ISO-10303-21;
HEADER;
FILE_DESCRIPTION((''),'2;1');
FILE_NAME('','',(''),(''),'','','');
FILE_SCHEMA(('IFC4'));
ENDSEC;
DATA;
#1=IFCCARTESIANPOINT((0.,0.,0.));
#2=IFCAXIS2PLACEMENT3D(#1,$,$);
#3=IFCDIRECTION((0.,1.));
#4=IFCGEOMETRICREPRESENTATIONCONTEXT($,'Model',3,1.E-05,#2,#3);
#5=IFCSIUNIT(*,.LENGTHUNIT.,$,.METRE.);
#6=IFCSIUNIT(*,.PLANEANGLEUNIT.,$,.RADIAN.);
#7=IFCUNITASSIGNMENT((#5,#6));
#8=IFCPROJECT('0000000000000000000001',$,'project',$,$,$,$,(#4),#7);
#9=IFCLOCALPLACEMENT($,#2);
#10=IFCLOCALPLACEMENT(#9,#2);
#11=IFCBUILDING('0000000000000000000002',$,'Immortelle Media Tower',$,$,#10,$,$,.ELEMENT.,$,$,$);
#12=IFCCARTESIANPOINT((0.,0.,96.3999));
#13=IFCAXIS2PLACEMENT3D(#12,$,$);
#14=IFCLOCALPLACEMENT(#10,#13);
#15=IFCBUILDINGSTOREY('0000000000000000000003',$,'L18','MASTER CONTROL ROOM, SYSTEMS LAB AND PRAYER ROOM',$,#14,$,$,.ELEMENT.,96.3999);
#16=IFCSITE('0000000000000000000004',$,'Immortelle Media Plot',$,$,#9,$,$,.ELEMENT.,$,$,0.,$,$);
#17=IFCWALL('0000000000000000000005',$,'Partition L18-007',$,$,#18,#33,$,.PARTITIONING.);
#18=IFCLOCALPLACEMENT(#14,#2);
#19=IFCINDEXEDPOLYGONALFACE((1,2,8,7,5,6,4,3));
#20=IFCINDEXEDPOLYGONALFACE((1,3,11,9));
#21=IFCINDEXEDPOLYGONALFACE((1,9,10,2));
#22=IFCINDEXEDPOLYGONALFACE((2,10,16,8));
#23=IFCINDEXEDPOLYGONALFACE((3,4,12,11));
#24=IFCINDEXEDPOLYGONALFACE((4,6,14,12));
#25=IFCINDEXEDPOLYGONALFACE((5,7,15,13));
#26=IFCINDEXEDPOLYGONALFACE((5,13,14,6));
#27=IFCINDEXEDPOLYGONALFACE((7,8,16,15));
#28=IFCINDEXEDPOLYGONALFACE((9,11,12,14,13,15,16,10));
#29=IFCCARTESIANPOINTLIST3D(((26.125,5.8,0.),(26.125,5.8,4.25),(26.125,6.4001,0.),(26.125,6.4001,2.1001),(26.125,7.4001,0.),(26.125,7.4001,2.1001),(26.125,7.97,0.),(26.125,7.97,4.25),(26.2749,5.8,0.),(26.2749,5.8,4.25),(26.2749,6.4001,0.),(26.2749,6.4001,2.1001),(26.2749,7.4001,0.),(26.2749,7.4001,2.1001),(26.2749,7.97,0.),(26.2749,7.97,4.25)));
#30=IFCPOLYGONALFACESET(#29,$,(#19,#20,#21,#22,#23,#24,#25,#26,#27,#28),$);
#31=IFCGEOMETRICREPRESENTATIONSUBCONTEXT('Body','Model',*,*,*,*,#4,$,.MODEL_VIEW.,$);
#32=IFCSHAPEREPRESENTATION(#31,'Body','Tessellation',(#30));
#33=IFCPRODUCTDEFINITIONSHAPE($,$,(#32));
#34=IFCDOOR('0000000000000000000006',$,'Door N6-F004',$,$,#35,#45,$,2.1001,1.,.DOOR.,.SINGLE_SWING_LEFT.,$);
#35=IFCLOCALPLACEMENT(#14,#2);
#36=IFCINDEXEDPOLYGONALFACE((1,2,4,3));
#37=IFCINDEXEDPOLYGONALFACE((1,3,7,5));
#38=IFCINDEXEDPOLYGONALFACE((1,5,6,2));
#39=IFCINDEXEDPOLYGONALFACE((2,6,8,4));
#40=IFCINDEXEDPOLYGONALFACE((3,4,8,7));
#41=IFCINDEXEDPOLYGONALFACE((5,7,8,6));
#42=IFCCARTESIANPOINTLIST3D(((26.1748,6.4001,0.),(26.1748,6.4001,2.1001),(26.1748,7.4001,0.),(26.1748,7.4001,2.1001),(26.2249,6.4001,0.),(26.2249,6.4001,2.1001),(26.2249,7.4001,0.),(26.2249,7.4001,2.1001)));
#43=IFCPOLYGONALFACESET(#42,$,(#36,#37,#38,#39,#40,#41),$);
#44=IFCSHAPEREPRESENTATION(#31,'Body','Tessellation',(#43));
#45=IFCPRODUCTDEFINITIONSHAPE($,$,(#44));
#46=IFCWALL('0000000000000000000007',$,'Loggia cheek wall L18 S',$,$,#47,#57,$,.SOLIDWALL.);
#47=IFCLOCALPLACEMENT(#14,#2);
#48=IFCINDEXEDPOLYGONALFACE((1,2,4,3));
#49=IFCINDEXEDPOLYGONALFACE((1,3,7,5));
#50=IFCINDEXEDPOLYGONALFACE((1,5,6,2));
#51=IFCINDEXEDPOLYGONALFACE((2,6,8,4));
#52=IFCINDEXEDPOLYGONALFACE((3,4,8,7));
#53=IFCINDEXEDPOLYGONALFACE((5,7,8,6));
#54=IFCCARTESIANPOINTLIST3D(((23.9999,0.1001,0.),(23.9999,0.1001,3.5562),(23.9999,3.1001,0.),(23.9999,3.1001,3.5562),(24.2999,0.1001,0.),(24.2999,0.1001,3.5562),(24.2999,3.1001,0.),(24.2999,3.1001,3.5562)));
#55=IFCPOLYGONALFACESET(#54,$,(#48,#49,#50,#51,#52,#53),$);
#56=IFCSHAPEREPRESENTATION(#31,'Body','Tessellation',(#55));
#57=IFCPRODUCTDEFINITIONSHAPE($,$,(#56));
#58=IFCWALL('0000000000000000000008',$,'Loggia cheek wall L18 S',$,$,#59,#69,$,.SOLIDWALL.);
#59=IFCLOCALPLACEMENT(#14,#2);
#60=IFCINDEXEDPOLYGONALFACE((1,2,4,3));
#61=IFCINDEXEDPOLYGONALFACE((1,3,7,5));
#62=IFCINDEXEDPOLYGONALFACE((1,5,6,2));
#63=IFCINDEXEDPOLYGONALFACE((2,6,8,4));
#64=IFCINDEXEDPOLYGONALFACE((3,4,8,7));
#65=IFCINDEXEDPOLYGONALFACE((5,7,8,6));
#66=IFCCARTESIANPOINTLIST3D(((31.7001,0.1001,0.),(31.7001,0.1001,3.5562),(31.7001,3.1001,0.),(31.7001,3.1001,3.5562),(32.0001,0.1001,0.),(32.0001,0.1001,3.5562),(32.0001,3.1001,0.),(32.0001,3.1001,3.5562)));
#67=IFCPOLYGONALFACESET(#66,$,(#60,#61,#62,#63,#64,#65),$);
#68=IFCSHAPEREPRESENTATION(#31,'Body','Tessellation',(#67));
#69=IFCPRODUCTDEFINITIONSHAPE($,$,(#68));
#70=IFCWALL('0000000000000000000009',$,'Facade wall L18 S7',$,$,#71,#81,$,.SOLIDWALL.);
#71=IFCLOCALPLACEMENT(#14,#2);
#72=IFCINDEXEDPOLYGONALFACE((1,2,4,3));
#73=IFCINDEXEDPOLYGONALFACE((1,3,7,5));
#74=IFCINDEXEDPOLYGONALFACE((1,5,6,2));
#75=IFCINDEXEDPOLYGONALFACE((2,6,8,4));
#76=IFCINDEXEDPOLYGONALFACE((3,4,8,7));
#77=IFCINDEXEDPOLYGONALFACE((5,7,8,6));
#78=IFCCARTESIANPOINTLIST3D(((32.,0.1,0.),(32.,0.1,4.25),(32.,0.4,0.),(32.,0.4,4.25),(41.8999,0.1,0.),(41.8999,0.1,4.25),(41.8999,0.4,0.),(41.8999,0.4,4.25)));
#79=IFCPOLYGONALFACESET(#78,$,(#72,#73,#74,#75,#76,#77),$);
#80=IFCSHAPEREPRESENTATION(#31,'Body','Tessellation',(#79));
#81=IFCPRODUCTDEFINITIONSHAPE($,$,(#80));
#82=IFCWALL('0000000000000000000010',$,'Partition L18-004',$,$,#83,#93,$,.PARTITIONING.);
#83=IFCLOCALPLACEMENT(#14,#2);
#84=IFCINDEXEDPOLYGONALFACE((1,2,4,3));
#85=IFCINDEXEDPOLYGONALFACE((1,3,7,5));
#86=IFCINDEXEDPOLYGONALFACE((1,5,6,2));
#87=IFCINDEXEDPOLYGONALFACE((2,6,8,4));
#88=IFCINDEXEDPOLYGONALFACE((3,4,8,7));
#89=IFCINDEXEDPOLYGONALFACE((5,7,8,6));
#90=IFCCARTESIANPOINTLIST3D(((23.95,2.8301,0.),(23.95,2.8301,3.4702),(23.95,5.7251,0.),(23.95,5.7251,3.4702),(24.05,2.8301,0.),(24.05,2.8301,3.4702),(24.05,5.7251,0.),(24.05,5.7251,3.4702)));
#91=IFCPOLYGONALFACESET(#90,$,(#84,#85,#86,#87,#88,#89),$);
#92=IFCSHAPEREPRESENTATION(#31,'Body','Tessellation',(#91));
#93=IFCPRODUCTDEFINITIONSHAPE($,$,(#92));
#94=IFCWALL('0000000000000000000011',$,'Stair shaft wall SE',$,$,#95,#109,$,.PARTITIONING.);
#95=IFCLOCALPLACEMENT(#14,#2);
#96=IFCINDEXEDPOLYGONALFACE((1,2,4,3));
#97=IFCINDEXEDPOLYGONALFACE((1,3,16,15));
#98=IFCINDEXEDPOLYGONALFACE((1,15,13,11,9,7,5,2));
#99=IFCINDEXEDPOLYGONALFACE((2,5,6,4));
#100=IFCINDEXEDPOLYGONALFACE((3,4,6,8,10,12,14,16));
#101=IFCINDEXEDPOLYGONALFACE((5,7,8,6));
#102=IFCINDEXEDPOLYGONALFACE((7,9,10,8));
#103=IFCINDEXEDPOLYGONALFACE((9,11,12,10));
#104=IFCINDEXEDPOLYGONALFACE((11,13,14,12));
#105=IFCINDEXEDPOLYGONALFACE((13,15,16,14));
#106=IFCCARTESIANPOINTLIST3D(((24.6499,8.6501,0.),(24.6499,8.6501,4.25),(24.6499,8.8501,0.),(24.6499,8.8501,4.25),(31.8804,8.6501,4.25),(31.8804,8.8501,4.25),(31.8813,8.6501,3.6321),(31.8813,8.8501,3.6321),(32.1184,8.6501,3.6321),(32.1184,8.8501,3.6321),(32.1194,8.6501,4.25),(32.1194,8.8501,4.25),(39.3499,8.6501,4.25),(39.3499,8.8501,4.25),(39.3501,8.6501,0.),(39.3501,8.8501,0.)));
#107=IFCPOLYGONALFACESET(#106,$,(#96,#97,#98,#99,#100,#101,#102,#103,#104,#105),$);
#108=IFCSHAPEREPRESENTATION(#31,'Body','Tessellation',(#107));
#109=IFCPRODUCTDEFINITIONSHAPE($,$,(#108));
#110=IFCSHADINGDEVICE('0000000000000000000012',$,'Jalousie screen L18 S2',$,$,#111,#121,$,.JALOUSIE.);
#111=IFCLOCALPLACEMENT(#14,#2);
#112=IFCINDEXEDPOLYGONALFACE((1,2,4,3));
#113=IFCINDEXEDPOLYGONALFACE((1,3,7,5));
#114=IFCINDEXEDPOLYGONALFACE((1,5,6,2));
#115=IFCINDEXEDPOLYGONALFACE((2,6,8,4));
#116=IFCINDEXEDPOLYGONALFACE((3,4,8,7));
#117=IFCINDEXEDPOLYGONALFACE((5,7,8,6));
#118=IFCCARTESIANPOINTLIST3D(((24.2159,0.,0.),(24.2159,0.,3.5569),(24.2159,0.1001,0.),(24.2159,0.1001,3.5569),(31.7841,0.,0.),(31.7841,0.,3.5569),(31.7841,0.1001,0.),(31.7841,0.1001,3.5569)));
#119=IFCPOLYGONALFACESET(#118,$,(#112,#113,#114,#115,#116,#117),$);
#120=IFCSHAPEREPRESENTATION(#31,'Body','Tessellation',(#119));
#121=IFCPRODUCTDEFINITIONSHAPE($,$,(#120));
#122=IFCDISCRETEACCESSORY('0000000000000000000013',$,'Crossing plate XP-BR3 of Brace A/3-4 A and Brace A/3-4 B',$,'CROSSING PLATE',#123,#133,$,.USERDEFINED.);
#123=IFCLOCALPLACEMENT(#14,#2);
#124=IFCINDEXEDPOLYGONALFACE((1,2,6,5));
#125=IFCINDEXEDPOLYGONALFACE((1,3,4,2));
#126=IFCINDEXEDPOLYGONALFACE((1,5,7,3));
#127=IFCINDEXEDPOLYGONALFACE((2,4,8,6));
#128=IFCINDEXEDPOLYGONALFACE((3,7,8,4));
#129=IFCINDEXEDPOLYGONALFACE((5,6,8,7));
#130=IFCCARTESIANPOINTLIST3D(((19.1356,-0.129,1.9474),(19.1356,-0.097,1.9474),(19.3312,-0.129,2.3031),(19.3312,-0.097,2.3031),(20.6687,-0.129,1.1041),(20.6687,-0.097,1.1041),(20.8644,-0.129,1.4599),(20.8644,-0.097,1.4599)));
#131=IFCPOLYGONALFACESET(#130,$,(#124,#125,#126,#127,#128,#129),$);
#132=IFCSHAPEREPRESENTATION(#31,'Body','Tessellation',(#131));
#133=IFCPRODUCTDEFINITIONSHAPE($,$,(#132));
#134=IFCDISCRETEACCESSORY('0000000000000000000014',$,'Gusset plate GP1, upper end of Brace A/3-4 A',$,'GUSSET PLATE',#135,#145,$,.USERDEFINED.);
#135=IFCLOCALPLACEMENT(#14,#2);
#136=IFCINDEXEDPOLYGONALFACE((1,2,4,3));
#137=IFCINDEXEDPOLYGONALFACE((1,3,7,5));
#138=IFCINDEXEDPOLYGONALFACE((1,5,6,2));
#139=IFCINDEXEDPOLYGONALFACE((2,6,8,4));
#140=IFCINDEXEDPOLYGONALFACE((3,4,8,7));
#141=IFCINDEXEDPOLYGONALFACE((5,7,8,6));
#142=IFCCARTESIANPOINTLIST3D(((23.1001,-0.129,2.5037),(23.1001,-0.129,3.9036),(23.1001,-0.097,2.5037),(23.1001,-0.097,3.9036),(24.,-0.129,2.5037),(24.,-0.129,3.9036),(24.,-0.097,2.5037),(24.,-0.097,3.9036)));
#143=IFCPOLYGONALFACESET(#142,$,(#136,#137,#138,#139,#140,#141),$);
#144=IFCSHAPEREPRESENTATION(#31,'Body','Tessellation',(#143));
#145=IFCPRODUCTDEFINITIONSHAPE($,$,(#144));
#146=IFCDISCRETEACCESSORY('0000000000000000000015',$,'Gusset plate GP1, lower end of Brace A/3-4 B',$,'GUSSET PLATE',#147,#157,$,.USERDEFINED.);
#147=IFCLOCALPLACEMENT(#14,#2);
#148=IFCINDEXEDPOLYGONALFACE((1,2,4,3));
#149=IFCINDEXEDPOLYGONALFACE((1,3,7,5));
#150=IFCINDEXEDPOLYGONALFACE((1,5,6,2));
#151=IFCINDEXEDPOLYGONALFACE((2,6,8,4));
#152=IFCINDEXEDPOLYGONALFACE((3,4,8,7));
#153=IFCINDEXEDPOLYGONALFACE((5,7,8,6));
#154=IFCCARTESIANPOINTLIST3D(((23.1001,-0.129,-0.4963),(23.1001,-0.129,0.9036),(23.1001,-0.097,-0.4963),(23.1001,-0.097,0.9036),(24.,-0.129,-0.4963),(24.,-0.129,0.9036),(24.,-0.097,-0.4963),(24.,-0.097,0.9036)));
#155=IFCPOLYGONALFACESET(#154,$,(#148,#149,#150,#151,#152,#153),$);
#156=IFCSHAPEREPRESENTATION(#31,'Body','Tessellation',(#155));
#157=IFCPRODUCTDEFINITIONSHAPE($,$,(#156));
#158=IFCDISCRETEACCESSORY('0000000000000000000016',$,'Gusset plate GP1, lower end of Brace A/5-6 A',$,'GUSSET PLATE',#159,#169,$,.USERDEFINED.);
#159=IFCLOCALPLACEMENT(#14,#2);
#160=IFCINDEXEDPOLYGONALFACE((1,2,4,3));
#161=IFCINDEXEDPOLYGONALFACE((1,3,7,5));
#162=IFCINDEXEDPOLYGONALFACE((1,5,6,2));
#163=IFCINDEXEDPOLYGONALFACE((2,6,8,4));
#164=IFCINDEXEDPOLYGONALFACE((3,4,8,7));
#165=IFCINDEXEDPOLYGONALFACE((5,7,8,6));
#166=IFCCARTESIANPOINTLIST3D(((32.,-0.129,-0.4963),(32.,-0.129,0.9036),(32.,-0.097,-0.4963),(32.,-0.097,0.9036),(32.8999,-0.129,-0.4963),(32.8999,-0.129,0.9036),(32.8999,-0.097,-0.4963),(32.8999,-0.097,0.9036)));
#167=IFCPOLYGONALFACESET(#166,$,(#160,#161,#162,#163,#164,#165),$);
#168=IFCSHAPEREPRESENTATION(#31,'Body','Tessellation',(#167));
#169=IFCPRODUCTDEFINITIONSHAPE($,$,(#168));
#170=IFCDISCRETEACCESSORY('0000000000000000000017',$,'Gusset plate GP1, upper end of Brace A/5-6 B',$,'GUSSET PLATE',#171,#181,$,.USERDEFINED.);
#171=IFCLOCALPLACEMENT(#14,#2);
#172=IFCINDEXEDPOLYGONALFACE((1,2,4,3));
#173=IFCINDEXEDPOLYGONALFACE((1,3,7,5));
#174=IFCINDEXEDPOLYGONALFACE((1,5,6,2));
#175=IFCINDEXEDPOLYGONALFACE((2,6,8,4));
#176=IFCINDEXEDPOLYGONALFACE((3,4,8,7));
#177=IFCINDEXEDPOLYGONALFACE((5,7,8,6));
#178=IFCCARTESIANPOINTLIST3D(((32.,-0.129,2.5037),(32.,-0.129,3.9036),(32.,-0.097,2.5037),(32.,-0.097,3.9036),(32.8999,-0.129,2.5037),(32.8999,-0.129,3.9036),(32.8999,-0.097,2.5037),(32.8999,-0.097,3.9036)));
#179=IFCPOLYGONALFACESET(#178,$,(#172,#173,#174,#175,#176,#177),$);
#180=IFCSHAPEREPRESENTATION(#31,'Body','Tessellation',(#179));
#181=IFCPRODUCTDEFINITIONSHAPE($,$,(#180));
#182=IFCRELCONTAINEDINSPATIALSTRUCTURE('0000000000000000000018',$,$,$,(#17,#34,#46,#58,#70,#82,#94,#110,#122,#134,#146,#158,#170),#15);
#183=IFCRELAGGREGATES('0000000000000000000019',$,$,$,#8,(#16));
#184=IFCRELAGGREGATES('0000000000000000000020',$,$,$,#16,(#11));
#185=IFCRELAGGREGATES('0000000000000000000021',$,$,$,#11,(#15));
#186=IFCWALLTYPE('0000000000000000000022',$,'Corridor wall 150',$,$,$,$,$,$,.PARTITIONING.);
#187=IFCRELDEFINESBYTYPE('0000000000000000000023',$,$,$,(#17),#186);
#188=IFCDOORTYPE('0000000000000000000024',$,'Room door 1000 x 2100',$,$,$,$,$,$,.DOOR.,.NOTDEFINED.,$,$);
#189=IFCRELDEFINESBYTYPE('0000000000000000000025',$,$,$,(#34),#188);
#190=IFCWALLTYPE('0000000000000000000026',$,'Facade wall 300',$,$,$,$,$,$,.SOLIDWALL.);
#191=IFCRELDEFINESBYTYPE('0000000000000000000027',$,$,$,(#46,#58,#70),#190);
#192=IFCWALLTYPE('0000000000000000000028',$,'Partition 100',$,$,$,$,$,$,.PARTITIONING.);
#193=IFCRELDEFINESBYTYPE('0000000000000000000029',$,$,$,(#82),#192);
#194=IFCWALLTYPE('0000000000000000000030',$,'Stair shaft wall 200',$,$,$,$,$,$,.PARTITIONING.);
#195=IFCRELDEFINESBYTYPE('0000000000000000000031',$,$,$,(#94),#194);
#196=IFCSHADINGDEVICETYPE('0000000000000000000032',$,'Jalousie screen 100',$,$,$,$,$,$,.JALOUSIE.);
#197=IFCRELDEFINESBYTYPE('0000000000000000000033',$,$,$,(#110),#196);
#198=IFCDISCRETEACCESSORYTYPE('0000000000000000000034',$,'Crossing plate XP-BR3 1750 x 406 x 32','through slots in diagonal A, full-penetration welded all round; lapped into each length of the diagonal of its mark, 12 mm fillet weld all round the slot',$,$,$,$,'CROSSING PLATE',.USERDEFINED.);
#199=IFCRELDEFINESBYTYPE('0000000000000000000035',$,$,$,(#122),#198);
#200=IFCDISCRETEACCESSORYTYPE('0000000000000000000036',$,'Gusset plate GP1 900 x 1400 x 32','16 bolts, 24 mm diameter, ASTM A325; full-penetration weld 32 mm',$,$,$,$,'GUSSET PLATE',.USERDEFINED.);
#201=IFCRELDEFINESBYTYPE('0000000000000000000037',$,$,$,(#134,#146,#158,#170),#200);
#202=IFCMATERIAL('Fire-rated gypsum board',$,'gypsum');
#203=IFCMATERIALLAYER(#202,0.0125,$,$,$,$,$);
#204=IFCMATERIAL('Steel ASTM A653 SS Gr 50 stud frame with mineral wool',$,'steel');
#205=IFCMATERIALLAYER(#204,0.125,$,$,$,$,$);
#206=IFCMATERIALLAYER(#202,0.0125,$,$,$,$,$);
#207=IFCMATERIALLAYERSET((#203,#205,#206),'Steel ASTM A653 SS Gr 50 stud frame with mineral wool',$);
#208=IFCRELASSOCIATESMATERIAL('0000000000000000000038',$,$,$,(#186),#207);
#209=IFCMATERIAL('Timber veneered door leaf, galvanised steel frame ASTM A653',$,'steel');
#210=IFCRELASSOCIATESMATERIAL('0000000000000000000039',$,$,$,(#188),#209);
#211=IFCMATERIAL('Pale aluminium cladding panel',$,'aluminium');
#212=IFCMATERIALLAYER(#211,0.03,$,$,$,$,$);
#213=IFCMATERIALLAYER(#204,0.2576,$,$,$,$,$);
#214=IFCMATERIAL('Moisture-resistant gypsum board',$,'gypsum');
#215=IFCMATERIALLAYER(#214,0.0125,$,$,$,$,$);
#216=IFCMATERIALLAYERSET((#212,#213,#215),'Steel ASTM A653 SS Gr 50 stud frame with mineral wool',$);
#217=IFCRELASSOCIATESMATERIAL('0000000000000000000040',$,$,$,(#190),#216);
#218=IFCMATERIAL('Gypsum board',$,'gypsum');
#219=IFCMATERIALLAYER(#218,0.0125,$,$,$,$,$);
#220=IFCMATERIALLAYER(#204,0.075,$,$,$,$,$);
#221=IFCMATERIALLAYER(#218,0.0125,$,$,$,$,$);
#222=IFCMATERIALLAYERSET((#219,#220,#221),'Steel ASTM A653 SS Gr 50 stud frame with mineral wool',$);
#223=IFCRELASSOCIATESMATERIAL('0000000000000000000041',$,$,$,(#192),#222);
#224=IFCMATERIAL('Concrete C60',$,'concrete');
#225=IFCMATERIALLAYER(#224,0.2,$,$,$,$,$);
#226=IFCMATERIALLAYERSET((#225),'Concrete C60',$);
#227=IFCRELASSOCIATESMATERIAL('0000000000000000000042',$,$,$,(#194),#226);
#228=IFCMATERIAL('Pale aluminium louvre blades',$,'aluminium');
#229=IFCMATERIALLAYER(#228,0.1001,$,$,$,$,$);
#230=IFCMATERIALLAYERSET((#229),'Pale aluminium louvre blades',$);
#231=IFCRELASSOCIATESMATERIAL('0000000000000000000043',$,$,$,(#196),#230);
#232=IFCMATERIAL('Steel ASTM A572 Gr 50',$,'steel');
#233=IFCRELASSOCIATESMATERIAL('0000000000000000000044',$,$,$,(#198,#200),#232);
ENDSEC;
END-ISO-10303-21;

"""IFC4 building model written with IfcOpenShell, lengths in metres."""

from ifc_helpers import new_model, si_unit, direction, frame, frame_2d, origin, origin_2d, place, context, subcontext, project, spatial, polyline, rectangle, outline, extrude, material, layer, layer_set, material_profile, profile_set, type_object, element, fill, save


model = new_model("IFC4")

# Units and contexts
model_context = context("Model", 3, precision=1e-05, world=origin(), true_north=direction((0.0, 1.0)))
body_context = subcontext(model_context, "Body", "Model", "MODEL_VIEW")
ifc_project = project(units=[si_unit("LENGTHUNIT", "METRE"), si_unit("PLANEANGLEUNIT", "RADIAN")], contexts=[model_context])

# Site, building, storey
site_placement = place(None, origin())
site = spatial("IfcSite", under=ifc_project, at=site_placement, Name="Immortelle Media Plot", CompositionType="ELEMENT", RefElevation=0.0)
building_placement = place(site_placement, origin())
building = spatial("IfcBuilding", under=site, at=building_placement, Name="Immortelle Media Tower", CompositionType="ELEMENT")
storey_placement = place(building_placement, frame((0.0, 0.0, 96.3999)))
storey = spatial("IfcBuildingStorey", under=building, at=storey_placement, Name="L18", Description="MASTER CONTROL ROOM, SYSTEMS LAB AND PRAYER ROOM", CompositionType="ELEMENT", Elevation=96.3999)

# Wall, opening, door
ifc_material_1 = material(Name="Fire-rated gypsum board", Category="gypsum")
ifc_material_2 = material(Name="Steel ASTM A653 SS Gr 50 stud frame with mineral wool", Category="steel")
ifc_layer_1 = layer(ifc_material_1, 0.0125)
ifc_layer_2 = layer(ifc_material_2, 0.125)
ifc_layer_3 = layer(ifc_material_1, 0.0125)
ifc_layer_set_1 = layer_set([ifc_layer_1, ifc_layer_2, ifc_layer_3], Name="Steel ASTM A653 SS Gr 50 stud frame with mineral wool")
wall_type_1 = type_object("IfcWallType", Name="Corridor wall 150", PredefinedType="PARTITIONING", material=ifc_layer_set_1)
wall_1_placement = place(storey_placement, frame((26.2, 5.8, 0.0), z_axis=(0.0, 0.0, 1.0), x_axis=(0.0, 1.0, 0.0)))
wall_1 = element("IfcWall", 1, at=wall_1_placement, inside=storey, type_object=wall_type_1, Name="Partition L18-007", PredefinedType="PARTITIONING", context=body_context, shape_type="SweptSolid", body=[
    extrude(rectangle(XDim=2.1699, YDim=0.1499, at=frame_2d((1.085, 0.0))), origin(), (0.0, 0.0, 1.0), 4.25),
])
opening_1_placement = place(wall_1_placement, frame((1.6001, 0.0, 0.0), z_axis=(0.0, 0.0, 1.0), x_axis=(-1.0, 0.0, 0.0)))
opening_1 = element("IfcOpeningElement", 2, at=opening_1_placement, cuts=wall_1, PredefinedType="OPENING", context=body_context, shape_type="SweptSolid", body=[
    extrude(rectangle(XDim=1.0, YDim=2.1001, at=frame_2d((0.5, 1.05))), frame((0.0, 0.085, 0.0), z_axis=(0.0, -1.0, 0.0), x_axis=(1.0, 0.0, 0.0)), (0.0, 0.0, 1.0), 0.1699),
])
ifc_material_3 = material(Name="Timber veneered door leaf, galvanised steel frame ASTM A653", Category="steel")
door_type_1 = type_object("IfcDoorType", Name="Room door 1000 x 2100", OperationType="NOTDEFINED", PredefinedType="DOOR", material=ifc_material_3)
door_1_placement = place(opening_1_placement, origin())
door_1 = element("IfcDoor", 3, at=door_1_placement, inside=storey, type_object=door_type_1, Name="Door N6-F004", OperationType="SINGLE_SWING_LEFT", OverallHeight=2.1001, OverallWidth=1.0, PredefinedType="DOOR", context=body_context, shape_type="SweptSolid", body=[
    extrude(rectangle(XDim=1.0, YDim=2.1001, at=frame_2d((0.5, 1.05))), frame((0.0, 0.0249, 0.0), z_axis=(0.0, -1.0, 0.0), x_axis=(1.0, 0.0, 0.0)), (0.0, 0.0, 1.0), 0.05),
])
fill(opening_1, door_1)

# Shared definitions
ifc_material_4 = material(Name="Pale aluminium cladding panel", Category="aluminium")
ifc_layer_4 = layer(ifc_material_4, 0.03)
ifc_layer_5 = layer(ifc_material_2, 0.2576)
ifc_material_5 = material(Name="Moisture-resistant gypsum board", Category="gypsum")
ifc_layer_6 = layer(ifc_material_5, 0.0125)
ifc_layer_set_2 = layer_set([ifc_layer_4, ifc_layer_5, ifc_layer_6], Name="Steel ASTM A653 SS Gr 50 stud frame with mineral wool")
wall_type_2 = type_object("IfcWallType", Name="Facade wall 300", PredefinedType="SOLIDWALL", material=ifc_layer_set_2)

# Walls
for number, where, z_axis, x_axis, name in (
    (4, (24.1499, 0.1001, 0.0), (0.0, 0.0, 1.0), (0.0, 1.0, 0.0), "Loggia cheek wall L18 S"),
    (5, (31.8501, 0.1001, 0.0), (0.0, 0.0, 1.0), (0.0, 1.0, 0.0), "Loggia cheek wall L18 S"),
):
    element("IfcWall", number, at=place(storey_placement, frame(where, z_axis=z_axis, x_axis=x_axis)), inside=storey, type_object=wall_type_2, Name=name, PredefinedType="SOLIDWALL", context=body_context, shape_type="SweptSolid", body=[
        extrude(rectangle(XDim=3.0, YDim=0.3, at=frame_2d((1.5, 0.0))), origin(), (0.0, 0.0, 1.0), 3.5562),
    ])
wall_2_placement = place(storey_placement, frame((32.0, 0.25, 0.0), z_axis=(0.0, 0.0, 1.0), x_axis=(1.0, 0.0, 0.0)))
element("IfcWall", 6, at=wall_2_placement, inside=storey, type_object=wall_type_2, Name="Facade wall L18 S7", PredefinedType="SOLIDWALL", context=body_context, shape_type="SweptSolid", body=[
    extrude(rectangle(XDim=9.8999, YDim=0.3, at=frame_2d((4.95, 0.0))), origin(), (0.0, 0.0, 1.0), 4.25),
])
ifc_material_6 = material(Name="Gypsum board", Category="gypsum")
ifc_layer_7 = layer(ifc_material_6, 0.0125)
ifc_layer_8 = layer(ifc_material_2, 0.075)
ifc_layer_9 = layer(ifc_material_6, 0.0125)
ifc_layer_set_3 = layer_set([ifc_layer_7, ifc_layer_8, ifc_layer_9], Name="Steel ASTM A653 SS Gr 50 stud frame with mineral wool")
wall_type_3 = type_object("IfcWallType", Name="Partition 100", PredefinedType="PARTITIONING", material=ifc_layer_set_3)
wall_3_placement = place(storey_placement, frame((24.0, 2.8301, 0.0), z_axis=(0.0, 0.0, 1.0), x_axis=(0.0, 1.0, 0.0)))
element("IfcWall", 7, at=wall_3_placement, inside=storey, type_object=wall_type_3, Name="Partition L18-004", PredefinedType="PARTITIONING", context=body_context, shape_type="SweptSolid", body=[
    extrude(rectangle(XDim=2.895, YDim=0.1001, at=frame_2d((1.4475, 0.0))), origin(), (0.0, 0.0, 1.0), 3.4702),
])
ifc_material_7 = material(Name="Concrete C60", Category="concrete")
ifc_layer_10 = layer(ifc_material_7, 0.2)
ifc_layer_set_4 = layer_set([ifc_layer_10], Name="Concrete C60")
wall_type_4 = type_object("IfcWallType", Name="Stair shaft wall 200", PredefinedType="PARTITIONING", material=ifc_layer_set_4)
wall_4_placement = place(storey_placement, frame((24.6499, 8.75, 0.0), z_axis=(0.0, 0.0, 1.0), x_axis=(1.0, 0.0, 0.0)))
element("IfcWall", 8, at=wall_4_placement, inside=storey, type_object=wall_type_4, Name="Stair shaft wall SE", PredefinedType="PARTITIONING", context=body_context, shape_type="SweptSolid", body=[
    extrude(outline(polyline([(0.0, 0.0), (14.7002, 0.0), (14.7, 4.25), (7.4695, 4.25), (7.4685, 3.6321), (7.2314, 3.6321), (7.2305, 4.25), (0.0, 4.25), (0.0, 0.0)])), frame((0.0, 0.1001, 0.0), z_axis=(0.0, -1.0, 0.0), x_axis=(1.0, 0.0, 0.0)), (0.0, 0.0, 1.0), 0.2),
])

# Shading device
ifc_material_8 = material(Name="Pale aluminium louvre blades", Category="aluminium")
ifc_layer_11 = layer(ifc_material_8, 0.1001)
ifc_layer_set_5 = layer_set([ifc_layer_11], Name="Pale aluminium louvre blades")
shading_device_type = type_object("IfcShadingDeviceType", Name="Jalousie screen 100", PredefinedType="JALOUSIE", material=ifc_layer_set_5)
shading_device_placement = place(storey_placement, frame((28.0, 0.05, 0.0), z_axis=(0.0, 0.0, 1.0), x_axis=(1.0, 0.0, 0.0)))
element("IfcShadingDevice", 9, at=shading_device_placement, inside=storey, type_object=shading_device_type, Name="Jalousie screen L18 S2", PredefinedType="JALOUSIE", context=body_context, shape_type="SweptSolid", body=[
    extrude(rectangle(XDim=7.5681, YDim=0.1001, at=origin_2d()), origin(), (0.0, 0.0, 1.0), 3.5569),
])

# Discrete accessories
ifc_material_9 = material(Name="Steel ASTM A572 Gr 50", Category="steel")
ifc_material_profile_1 = material_profile(ifc_material_9, rectangle(XDim=0.032, YDim=0.406, at=origin_2d()), Name="PL 32 x 406")
ifc_profile_set_1 = profile_set([ifc_material_profile_1], Name="Steel ASTM A572 Gr 50")
discrete_accessory_type_1 = type_object("IfcDiscreteAccessoryType", Name="Crossing plate XP-BR3 1750 x 406 x 32", Description="through slots in diagonal A, full-penetration welded all round; lapped into each length of the diagonal of its mark, 12 mm fillet weld all round the slot", ElementType="CROSSING PLATE", PredefinedType="USERDEFINED", material=ifc_profile_set_1)
discrete_accessory_placement = place(storey_placement, frame((19.2334, -0.113, 2.1252), z_axis=(0.876216, 0.0, -0.481919), x_axis=(0.0, 1.0, 0.0)))
element("IfcDiscreteAccessory", 10, at=discrete_accessory_placement, inside=storey, type_object=discrete_accessory_type_1, Name="Crossing plate XP-BR3 of Brace A/3-4 A and Brace A/3-4 B", ObjectType="CROSSING PLATE", PredefinedType="USERDEFINED", context=body_context, shape_type="SweptSolid", body=[
    extrude(rectangle(XDim=0.032, YDim=0.406, at=origin_2d()), origin(), (0.0, 0.0, 1.0), 1.7498),
])
ifc_material_profile_2 = material_profile(ifc_material_9, rectangle(XDim=0.032, YDim=1.3999, at=origin_2d()), Name="PL 32 x 1400")
ifc_profile_set_2 = profile_set([ifc_material_profile_2], Name="Steel ASTM A572 Gr 50")
discrete_accessory_type_2 = type_object("IfcDiscreteAccessoryType", Name="Gusset plate GP1 900 x 1400 x 32", Description="16 bolts, 24 mm diameter, ASTM A325; full-penetration weld 32 mm", ElementType="GUSSET PLATE", PredefinedType="USERDEFINED", material=ifc_profile_set_2)
for number, where, z_axis, x_axis, name in (
    (11, (24.0, -0.113, 3.2036), (-1.0, 0.0, 0.0), (0.0, -1.0, 0.0), "Gusset plate GP1, upper end of Brace A/3-4 A"),
    (12, (24.0, -0.113, 0.2036), (-1.0, 0.0, 0.0), (0.0, -1.0, 0.0), "Gusset plate GP1, lower end of Brace A/3-4 B"),
    (13, (32.0, -0.113, 0.2036), (1.0, 0.0, 0.0), (0.0, 1.0, 0.0), "Gusset plate GP1, lower end of Brace A/5-6 A"),
    (14, (32.0, -0.113, 3.2036), (1.0, 0.0, 0.0), (0.0, 1.0, 0.0), "Gusset plate GP1, upper end of Brace A/5-6 B"),
):
    element("IfcDiscreteAccessory", number, at=place(storey_placement, frame(where, z_axis=z_axis, x_axis=x_axis)), inside=storey, type_object=discrete_accessory_type_2, Name=name, ObjectType="GUSSET PLATE", PredefinedType="USERDEFINED", context=body_context, shape_type="SweptSolid", body=[
        extrude(rectangle(XDim=0.032, YDim=1.3999, at=origin_2d()), origin(), (0.0, 0.0, 1.0), 0.8999),
    ])

save(model, "model.ifc")
